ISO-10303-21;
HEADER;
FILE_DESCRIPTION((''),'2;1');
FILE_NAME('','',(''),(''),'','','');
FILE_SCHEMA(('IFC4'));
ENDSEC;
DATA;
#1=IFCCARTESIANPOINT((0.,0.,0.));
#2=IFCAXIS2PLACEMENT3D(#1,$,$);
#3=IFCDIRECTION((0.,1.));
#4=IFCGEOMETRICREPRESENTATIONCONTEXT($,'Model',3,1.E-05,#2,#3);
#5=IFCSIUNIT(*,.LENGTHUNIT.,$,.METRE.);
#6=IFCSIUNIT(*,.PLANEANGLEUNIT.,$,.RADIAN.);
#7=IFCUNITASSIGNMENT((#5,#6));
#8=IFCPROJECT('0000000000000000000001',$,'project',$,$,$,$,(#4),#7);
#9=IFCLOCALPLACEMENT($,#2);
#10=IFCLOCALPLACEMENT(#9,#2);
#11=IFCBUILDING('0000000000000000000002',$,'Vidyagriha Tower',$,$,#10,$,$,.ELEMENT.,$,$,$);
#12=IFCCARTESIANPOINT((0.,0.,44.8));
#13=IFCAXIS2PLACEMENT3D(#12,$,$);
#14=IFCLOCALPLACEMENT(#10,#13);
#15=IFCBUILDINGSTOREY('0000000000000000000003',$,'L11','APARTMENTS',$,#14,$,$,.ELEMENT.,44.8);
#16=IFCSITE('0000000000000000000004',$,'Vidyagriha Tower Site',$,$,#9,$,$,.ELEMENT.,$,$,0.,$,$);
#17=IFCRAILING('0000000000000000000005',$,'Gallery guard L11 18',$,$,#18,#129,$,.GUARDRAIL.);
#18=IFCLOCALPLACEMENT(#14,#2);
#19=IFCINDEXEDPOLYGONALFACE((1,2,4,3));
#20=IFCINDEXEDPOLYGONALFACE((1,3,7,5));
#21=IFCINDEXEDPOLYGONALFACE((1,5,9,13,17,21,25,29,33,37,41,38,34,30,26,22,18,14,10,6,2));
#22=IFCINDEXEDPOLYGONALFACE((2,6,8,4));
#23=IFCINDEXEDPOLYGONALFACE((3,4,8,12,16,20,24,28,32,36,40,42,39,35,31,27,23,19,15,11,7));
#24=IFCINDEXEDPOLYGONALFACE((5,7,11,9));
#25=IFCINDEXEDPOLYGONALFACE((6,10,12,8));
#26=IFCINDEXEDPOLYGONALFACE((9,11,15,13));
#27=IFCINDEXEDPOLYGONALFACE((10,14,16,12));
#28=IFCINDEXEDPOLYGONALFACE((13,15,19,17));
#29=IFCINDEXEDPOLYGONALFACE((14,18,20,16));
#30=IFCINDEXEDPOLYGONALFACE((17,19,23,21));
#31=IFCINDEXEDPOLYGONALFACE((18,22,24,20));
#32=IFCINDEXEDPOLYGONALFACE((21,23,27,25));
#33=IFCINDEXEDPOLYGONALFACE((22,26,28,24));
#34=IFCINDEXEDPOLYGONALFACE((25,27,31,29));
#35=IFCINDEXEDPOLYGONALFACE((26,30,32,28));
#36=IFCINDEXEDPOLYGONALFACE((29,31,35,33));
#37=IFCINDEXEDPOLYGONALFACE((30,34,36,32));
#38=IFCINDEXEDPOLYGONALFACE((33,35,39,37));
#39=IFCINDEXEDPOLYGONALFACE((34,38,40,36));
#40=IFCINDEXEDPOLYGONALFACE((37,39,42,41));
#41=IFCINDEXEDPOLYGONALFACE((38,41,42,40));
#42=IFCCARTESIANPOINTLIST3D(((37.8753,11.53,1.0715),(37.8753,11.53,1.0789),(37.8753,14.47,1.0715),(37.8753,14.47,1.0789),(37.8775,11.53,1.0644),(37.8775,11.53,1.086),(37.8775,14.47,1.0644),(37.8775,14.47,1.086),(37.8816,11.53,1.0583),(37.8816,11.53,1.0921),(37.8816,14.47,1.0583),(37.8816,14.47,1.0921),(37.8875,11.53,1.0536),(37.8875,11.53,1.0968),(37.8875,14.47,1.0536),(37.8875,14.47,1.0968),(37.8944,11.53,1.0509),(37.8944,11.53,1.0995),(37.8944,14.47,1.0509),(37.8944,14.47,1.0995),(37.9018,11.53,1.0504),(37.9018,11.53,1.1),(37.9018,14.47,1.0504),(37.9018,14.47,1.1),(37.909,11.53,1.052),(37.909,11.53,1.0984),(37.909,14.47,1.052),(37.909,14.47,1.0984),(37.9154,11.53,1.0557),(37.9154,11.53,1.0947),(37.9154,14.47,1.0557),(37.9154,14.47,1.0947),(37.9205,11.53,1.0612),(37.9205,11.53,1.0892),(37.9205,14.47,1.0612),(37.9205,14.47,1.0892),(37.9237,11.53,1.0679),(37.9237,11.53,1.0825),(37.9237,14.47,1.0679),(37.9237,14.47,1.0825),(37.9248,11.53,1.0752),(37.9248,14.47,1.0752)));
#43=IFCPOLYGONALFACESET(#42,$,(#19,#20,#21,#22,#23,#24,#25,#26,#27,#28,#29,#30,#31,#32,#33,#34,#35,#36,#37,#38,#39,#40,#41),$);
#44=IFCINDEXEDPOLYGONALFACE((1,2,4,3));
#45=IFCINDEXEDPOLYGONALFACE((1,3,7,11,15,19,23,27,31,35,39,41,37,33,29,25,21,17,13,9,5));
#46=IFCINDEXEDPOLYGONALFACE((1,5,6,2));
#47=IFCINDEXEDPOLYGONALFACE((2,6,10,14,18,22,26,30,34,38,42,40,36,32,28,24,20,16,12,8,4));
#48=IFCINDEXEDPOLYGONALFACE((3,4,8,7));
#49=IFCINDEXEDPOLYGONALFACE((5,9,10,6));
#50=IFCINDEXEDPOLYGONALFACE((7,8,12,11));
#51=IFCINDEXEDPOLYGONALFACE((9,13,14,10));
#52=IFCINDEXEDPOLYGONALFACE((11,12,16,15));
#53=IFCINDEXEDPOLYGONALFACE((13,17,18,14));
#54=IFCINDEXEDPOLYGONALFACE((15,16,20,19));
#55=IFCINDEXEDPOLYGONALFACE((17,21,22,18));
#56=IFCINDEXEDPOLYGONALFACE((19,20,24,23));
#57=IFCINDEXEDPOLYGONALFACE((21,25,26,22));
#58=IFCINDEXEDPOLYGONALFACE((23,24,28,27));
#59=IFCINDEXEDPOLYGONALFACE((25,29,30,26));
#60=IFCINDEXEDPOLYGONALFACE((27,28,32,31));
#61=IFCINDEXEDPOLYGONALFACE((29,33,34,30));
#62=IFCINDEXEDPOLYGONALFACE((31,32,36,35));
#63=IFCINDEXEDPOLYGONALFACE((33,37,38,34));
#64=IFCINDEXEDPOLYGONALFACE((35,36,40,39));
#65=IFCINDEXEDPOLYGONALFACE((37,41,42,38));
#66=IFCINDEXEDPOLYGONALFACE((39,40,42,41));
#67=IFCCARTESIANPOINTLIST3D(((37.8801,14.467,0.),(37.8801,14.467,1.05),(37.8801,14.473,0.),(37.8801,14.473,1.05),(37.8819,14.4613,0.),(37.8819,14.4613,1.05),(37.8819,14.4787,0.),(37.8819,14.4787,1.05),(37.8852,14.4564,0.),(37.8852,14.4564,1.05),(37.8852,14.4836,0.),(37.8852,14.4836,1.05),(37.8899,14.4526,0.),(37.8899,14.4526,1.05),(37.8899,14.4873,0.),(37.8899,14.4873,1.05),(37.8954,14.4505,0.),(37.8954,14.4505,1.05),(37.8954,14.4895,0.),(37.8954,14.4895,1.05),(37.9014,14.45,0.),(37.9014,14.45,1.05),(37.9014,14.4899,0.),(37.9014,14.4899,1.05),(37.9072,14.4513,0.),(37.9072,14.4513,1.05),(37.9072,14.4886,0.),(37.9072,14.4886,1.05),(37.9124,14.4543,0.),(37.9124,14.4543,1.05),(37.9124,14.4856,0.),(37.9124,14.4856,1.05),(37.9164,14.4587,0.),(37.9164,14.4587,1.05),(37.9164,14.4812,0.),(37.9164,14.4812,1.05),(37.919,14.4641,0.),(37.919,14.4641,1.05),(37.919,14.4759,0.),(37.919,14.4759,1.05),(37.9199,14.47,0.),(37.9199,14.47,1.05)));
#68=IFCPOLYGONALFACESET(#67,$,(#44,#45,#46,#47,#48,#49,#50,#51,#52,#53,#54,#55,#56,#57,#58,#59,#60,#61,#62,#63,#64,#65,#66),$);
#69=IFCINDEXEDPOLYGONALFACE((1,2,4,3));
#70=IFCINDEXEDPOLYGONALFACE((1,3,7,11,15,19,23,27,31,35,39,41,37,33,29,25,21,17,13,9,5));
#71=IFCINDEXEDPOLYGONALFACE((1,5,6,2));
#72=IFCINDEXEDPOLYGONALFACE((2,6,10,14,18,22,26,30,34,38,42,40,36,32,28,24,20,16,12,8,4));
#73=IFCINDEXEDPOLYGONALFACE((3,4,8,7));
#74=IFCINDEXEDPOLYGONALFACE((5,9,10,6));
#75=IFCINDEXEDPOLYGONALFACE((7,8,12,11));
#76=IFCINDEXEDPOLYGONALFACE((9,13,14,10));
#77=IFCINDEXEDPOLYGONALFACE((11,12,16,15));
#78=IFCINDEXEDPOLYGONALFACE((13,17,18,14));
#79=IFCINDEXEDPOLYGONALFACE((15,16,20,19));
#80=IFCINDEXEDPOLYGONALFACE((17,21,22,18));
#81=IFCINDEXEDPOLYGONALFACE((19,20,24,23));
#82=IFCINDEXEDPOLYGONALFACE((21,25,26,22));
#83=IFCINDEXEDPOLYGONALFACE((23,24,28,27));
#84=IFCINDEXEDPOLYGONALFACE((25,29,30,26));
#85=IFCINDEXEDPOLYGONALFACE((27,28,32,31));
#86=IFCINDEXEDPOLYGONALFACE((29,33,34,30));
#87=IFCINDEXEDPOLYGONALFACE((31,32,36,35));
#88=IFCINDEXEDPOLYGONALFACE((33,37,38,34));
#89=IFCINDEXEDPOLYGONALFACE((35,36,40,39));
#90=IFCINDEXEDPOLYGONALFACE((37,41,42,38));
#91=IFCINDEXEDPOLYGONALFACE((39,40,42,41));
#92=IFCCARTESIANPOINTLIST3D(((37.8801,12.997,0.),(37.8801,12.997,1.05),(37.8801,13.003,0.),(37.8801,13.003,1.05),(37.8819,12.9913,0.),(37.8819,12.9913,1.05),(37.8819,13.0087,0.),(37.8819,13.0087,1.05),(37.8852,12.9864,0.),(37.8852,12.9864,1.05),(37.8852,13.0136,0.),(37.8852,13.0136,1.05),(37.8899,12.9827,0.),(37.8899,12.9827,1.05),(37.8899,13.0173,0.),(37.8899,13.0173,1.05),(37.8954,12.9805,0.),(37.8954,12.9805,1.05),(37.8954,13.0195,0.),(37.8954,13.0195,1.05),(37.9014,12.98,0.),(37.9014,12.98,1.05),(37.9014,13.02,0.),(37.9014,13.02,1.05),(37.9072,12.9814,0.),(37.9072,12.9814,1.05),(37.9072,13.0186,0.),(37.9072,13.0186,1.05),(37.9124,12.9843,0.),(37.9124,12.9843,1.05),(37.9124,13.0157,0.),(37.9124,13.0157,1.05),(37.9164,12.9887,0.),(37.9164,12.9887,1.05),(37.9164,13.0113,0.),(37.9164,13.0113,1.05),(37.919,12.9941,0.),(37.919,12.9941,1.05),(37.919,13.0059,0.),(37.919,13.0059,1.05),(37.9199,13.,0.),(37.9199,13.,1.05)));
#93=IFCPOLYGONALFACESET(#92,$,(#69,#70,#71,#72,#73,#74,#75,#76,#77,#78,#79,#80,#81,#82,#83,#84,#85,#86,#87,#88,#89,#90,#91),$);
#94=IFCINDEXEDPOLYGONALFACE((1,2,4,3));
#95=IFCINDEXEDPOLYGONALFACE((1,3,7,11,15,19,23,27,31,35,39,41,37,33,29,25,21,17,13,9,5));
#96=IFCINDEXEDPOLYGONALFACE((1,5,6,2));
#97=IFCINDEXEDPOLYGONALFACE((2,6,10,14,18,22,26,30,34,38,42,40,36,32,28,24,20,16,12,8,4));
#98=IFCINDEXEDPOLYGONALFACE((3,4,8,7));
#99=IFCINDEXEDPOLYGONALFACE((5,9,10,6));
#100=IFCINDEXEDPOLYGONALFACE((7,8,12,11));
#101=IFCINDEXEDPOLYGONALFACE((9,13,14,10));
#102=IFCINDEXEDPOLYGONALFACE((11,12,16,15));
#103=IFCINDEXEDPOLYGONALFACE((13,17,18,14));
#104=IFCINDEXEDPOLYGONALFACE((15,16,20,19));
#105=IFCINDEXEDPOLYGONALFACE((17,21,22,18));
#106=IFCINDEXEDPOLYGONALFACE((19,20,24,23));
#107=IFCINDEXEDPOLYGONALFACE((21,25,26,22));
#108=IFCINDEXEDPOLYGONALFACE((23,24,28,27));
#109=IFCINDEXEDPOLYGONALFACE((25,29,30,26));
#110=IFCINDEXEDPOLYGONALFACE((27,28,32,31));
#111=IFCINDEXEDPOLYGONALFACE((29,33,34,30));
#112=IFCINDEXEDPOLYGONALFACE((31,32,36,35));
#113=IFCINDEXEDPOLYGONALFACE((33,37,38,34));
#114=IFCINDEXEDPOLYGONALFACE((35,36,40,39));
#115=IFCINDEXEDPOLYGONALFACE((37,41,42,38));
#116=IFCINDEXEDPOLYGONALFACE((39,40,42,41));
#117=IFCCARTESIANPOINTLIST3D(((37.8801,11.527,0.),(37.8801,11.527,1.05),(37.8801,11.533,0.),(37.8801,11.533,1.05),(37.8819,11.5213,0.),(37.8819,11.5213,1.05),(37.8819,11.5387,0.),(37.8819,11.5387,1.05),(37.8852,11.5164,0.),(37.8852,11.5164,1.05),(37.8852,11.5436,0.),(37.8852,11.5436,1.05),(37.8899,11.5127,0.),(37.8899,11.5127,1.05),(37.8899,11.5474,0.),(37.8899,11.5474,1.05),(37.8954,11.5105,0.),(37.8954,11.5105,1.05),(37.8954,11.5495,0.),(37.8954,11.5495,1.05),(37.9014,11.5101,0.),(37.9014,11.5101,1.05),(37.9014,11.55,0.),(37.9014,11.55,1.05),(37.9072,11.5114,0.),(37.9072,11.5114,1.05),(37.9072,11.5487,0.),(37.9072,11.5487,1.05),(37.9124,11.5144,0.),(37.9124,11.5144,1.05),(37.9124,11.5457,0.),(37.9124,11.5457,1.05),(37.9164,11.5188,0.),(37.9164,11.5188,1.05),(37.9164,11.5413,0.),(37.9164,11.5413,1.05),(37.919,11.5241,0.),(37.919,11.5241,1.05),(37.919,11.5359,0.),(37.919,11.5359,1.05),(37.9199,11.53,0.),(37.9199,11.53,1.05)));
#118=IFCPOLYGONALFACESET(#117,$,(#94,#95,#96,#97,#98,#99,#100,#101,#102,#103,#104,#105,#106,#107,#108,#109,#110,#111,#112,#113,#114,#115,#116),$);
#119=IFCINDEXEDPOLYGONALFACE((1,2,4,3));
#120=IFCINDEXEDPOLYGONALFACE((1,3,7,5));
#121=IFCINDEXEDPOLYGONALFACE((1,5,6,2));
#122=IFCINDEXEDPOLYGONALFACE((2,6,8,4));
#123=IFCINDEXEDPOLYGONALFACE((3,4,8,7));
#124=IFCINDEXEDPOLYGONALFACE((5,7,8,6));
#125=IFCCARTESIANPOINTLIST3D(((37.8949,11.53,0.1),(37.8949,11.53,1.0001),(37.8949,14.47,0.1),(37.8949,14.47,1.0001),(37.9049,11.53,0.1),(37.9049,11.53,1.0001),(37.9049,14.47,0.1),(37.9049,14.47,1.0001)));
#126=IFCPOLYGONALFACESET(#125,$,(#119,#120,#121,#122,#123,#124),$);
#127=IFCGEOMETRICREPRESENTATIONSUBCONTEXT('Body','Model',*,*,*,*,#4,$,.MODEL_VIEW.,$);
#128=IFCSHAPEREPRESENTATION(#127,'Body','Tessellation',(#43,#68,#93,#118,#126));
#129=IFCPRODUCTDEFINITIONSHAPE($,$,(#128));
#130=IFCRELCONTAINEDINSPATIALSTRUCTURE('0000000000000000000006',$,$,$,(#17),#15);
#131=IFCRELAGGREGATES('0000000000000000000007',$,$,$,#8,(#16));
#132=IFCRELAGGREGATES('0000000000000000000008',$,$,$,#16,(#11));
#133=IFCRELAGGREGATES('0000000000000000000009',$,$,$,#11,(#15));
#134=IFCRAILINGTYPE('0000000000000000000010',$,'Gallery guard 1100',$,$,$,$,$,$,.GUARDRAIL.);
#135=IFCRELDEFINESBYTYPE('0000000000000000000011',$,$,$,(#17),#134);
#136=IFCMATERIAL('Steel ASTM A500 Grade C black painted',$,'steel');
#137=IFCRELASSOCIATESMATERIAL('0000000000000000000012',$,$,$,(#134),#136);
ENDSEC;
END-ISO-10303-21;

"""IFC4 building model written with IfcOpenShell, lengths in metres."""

from ifc_helpers import new_model, si_unit, direction, frame, origin, origin_2d, place, context, subcontext, project, spatial, rectangle, circle, extrude, material, type_object, element, save


model = new_model("IFC4")

# Units and contexts
model_context = context("Model", 3, precision=1e-05, world=origin(), true_north=direction((0.0, 1.0)))
body_context = subcontext(model_context, "Body", "Model", "MODEL_VIEW")
ifc_project = project(units=[si_unit("LENGTHUNIT", "METRE"), si_unit("PLANEANGLEUNIT", "RADIAN")], contexts=[model_context])

# Site, building, storey
site_placement = place(None, origin())
site = spatial("IfcSite", under=ifc_project, at=site_placement, Name="Vidyagriha Tower Site", CompositionType="ELEMENT", RefElevation=0.0)
building_placement = place(site_placement, origin())
building = spatial("IfcBuilding", under=site, at=building_placement, Name="Vidyagriha Tower", CompositionType="ELEMENT")
storey_placement = place(building_placement, frame((0.0, 0.0, 44.8)))
storey = spatial("IfcBuildingStorey", under=building, at=storey_placement, Name="L11", Description="APARTMENTS", CompositionType="ELEMENT", Elevation=44.8)

# Railing
ifc_material_1 = material(Name="Steel ASTM A500 Grade C black painted", Category="steel")
railing_type = type_object("IfcRailingType", Name="Gallery guard 1100", PredefinedType="GUARDRAIL", material=ifc_material_1)
railing_1_placement = place(storey_placement, frame((37.8999, 14.47, 0.0)))
element("IfcRailing", 1, at=railing_1_placement, inside=storey, type_object=railing_type, Name="Gallery guard L11 18", PredefinedType="GUARDRAIL", context=body_context, shape_type="SweptSolid", body=[
    extrude(circle(Radius=0.0249, at=origin_2d()), frame((0.0, 0.0, 1.0752), z_axis=(0.0, -1.0, 0.0), x_axis=(1.0, 0.0, 0.0)), (0.0, 0.0, 1.0), 2.9399),
    extrude(circle(Radius=0.02, at=origin_2d()), origin(), (0.0, 0.0, 1.0), 1.05),
    extrude(circle(Radius=0.02, at=origin_2d()), frame((0.0, -1.47, 0.0)), (0.0, 0.0, 1.0), 1.05),
    extrude(circle(Radius=0.02, at=origin_2d()), frame((0.0, -2.9399, 0.0)), (0.0, 0.0, 1.0), 1.05),
    extrude(rectangle(XDim=0.01, YDim=0.9001, at=origin_2d()), frame((0.0, 0.0, 0.55), z_axis=(0.0, -1.0, 0.0), x_axis=(1.0, 0.0, 0.0)), (0.0, 0.0, 1.0), 2.9399),
])

save(model, "model.ifc")
